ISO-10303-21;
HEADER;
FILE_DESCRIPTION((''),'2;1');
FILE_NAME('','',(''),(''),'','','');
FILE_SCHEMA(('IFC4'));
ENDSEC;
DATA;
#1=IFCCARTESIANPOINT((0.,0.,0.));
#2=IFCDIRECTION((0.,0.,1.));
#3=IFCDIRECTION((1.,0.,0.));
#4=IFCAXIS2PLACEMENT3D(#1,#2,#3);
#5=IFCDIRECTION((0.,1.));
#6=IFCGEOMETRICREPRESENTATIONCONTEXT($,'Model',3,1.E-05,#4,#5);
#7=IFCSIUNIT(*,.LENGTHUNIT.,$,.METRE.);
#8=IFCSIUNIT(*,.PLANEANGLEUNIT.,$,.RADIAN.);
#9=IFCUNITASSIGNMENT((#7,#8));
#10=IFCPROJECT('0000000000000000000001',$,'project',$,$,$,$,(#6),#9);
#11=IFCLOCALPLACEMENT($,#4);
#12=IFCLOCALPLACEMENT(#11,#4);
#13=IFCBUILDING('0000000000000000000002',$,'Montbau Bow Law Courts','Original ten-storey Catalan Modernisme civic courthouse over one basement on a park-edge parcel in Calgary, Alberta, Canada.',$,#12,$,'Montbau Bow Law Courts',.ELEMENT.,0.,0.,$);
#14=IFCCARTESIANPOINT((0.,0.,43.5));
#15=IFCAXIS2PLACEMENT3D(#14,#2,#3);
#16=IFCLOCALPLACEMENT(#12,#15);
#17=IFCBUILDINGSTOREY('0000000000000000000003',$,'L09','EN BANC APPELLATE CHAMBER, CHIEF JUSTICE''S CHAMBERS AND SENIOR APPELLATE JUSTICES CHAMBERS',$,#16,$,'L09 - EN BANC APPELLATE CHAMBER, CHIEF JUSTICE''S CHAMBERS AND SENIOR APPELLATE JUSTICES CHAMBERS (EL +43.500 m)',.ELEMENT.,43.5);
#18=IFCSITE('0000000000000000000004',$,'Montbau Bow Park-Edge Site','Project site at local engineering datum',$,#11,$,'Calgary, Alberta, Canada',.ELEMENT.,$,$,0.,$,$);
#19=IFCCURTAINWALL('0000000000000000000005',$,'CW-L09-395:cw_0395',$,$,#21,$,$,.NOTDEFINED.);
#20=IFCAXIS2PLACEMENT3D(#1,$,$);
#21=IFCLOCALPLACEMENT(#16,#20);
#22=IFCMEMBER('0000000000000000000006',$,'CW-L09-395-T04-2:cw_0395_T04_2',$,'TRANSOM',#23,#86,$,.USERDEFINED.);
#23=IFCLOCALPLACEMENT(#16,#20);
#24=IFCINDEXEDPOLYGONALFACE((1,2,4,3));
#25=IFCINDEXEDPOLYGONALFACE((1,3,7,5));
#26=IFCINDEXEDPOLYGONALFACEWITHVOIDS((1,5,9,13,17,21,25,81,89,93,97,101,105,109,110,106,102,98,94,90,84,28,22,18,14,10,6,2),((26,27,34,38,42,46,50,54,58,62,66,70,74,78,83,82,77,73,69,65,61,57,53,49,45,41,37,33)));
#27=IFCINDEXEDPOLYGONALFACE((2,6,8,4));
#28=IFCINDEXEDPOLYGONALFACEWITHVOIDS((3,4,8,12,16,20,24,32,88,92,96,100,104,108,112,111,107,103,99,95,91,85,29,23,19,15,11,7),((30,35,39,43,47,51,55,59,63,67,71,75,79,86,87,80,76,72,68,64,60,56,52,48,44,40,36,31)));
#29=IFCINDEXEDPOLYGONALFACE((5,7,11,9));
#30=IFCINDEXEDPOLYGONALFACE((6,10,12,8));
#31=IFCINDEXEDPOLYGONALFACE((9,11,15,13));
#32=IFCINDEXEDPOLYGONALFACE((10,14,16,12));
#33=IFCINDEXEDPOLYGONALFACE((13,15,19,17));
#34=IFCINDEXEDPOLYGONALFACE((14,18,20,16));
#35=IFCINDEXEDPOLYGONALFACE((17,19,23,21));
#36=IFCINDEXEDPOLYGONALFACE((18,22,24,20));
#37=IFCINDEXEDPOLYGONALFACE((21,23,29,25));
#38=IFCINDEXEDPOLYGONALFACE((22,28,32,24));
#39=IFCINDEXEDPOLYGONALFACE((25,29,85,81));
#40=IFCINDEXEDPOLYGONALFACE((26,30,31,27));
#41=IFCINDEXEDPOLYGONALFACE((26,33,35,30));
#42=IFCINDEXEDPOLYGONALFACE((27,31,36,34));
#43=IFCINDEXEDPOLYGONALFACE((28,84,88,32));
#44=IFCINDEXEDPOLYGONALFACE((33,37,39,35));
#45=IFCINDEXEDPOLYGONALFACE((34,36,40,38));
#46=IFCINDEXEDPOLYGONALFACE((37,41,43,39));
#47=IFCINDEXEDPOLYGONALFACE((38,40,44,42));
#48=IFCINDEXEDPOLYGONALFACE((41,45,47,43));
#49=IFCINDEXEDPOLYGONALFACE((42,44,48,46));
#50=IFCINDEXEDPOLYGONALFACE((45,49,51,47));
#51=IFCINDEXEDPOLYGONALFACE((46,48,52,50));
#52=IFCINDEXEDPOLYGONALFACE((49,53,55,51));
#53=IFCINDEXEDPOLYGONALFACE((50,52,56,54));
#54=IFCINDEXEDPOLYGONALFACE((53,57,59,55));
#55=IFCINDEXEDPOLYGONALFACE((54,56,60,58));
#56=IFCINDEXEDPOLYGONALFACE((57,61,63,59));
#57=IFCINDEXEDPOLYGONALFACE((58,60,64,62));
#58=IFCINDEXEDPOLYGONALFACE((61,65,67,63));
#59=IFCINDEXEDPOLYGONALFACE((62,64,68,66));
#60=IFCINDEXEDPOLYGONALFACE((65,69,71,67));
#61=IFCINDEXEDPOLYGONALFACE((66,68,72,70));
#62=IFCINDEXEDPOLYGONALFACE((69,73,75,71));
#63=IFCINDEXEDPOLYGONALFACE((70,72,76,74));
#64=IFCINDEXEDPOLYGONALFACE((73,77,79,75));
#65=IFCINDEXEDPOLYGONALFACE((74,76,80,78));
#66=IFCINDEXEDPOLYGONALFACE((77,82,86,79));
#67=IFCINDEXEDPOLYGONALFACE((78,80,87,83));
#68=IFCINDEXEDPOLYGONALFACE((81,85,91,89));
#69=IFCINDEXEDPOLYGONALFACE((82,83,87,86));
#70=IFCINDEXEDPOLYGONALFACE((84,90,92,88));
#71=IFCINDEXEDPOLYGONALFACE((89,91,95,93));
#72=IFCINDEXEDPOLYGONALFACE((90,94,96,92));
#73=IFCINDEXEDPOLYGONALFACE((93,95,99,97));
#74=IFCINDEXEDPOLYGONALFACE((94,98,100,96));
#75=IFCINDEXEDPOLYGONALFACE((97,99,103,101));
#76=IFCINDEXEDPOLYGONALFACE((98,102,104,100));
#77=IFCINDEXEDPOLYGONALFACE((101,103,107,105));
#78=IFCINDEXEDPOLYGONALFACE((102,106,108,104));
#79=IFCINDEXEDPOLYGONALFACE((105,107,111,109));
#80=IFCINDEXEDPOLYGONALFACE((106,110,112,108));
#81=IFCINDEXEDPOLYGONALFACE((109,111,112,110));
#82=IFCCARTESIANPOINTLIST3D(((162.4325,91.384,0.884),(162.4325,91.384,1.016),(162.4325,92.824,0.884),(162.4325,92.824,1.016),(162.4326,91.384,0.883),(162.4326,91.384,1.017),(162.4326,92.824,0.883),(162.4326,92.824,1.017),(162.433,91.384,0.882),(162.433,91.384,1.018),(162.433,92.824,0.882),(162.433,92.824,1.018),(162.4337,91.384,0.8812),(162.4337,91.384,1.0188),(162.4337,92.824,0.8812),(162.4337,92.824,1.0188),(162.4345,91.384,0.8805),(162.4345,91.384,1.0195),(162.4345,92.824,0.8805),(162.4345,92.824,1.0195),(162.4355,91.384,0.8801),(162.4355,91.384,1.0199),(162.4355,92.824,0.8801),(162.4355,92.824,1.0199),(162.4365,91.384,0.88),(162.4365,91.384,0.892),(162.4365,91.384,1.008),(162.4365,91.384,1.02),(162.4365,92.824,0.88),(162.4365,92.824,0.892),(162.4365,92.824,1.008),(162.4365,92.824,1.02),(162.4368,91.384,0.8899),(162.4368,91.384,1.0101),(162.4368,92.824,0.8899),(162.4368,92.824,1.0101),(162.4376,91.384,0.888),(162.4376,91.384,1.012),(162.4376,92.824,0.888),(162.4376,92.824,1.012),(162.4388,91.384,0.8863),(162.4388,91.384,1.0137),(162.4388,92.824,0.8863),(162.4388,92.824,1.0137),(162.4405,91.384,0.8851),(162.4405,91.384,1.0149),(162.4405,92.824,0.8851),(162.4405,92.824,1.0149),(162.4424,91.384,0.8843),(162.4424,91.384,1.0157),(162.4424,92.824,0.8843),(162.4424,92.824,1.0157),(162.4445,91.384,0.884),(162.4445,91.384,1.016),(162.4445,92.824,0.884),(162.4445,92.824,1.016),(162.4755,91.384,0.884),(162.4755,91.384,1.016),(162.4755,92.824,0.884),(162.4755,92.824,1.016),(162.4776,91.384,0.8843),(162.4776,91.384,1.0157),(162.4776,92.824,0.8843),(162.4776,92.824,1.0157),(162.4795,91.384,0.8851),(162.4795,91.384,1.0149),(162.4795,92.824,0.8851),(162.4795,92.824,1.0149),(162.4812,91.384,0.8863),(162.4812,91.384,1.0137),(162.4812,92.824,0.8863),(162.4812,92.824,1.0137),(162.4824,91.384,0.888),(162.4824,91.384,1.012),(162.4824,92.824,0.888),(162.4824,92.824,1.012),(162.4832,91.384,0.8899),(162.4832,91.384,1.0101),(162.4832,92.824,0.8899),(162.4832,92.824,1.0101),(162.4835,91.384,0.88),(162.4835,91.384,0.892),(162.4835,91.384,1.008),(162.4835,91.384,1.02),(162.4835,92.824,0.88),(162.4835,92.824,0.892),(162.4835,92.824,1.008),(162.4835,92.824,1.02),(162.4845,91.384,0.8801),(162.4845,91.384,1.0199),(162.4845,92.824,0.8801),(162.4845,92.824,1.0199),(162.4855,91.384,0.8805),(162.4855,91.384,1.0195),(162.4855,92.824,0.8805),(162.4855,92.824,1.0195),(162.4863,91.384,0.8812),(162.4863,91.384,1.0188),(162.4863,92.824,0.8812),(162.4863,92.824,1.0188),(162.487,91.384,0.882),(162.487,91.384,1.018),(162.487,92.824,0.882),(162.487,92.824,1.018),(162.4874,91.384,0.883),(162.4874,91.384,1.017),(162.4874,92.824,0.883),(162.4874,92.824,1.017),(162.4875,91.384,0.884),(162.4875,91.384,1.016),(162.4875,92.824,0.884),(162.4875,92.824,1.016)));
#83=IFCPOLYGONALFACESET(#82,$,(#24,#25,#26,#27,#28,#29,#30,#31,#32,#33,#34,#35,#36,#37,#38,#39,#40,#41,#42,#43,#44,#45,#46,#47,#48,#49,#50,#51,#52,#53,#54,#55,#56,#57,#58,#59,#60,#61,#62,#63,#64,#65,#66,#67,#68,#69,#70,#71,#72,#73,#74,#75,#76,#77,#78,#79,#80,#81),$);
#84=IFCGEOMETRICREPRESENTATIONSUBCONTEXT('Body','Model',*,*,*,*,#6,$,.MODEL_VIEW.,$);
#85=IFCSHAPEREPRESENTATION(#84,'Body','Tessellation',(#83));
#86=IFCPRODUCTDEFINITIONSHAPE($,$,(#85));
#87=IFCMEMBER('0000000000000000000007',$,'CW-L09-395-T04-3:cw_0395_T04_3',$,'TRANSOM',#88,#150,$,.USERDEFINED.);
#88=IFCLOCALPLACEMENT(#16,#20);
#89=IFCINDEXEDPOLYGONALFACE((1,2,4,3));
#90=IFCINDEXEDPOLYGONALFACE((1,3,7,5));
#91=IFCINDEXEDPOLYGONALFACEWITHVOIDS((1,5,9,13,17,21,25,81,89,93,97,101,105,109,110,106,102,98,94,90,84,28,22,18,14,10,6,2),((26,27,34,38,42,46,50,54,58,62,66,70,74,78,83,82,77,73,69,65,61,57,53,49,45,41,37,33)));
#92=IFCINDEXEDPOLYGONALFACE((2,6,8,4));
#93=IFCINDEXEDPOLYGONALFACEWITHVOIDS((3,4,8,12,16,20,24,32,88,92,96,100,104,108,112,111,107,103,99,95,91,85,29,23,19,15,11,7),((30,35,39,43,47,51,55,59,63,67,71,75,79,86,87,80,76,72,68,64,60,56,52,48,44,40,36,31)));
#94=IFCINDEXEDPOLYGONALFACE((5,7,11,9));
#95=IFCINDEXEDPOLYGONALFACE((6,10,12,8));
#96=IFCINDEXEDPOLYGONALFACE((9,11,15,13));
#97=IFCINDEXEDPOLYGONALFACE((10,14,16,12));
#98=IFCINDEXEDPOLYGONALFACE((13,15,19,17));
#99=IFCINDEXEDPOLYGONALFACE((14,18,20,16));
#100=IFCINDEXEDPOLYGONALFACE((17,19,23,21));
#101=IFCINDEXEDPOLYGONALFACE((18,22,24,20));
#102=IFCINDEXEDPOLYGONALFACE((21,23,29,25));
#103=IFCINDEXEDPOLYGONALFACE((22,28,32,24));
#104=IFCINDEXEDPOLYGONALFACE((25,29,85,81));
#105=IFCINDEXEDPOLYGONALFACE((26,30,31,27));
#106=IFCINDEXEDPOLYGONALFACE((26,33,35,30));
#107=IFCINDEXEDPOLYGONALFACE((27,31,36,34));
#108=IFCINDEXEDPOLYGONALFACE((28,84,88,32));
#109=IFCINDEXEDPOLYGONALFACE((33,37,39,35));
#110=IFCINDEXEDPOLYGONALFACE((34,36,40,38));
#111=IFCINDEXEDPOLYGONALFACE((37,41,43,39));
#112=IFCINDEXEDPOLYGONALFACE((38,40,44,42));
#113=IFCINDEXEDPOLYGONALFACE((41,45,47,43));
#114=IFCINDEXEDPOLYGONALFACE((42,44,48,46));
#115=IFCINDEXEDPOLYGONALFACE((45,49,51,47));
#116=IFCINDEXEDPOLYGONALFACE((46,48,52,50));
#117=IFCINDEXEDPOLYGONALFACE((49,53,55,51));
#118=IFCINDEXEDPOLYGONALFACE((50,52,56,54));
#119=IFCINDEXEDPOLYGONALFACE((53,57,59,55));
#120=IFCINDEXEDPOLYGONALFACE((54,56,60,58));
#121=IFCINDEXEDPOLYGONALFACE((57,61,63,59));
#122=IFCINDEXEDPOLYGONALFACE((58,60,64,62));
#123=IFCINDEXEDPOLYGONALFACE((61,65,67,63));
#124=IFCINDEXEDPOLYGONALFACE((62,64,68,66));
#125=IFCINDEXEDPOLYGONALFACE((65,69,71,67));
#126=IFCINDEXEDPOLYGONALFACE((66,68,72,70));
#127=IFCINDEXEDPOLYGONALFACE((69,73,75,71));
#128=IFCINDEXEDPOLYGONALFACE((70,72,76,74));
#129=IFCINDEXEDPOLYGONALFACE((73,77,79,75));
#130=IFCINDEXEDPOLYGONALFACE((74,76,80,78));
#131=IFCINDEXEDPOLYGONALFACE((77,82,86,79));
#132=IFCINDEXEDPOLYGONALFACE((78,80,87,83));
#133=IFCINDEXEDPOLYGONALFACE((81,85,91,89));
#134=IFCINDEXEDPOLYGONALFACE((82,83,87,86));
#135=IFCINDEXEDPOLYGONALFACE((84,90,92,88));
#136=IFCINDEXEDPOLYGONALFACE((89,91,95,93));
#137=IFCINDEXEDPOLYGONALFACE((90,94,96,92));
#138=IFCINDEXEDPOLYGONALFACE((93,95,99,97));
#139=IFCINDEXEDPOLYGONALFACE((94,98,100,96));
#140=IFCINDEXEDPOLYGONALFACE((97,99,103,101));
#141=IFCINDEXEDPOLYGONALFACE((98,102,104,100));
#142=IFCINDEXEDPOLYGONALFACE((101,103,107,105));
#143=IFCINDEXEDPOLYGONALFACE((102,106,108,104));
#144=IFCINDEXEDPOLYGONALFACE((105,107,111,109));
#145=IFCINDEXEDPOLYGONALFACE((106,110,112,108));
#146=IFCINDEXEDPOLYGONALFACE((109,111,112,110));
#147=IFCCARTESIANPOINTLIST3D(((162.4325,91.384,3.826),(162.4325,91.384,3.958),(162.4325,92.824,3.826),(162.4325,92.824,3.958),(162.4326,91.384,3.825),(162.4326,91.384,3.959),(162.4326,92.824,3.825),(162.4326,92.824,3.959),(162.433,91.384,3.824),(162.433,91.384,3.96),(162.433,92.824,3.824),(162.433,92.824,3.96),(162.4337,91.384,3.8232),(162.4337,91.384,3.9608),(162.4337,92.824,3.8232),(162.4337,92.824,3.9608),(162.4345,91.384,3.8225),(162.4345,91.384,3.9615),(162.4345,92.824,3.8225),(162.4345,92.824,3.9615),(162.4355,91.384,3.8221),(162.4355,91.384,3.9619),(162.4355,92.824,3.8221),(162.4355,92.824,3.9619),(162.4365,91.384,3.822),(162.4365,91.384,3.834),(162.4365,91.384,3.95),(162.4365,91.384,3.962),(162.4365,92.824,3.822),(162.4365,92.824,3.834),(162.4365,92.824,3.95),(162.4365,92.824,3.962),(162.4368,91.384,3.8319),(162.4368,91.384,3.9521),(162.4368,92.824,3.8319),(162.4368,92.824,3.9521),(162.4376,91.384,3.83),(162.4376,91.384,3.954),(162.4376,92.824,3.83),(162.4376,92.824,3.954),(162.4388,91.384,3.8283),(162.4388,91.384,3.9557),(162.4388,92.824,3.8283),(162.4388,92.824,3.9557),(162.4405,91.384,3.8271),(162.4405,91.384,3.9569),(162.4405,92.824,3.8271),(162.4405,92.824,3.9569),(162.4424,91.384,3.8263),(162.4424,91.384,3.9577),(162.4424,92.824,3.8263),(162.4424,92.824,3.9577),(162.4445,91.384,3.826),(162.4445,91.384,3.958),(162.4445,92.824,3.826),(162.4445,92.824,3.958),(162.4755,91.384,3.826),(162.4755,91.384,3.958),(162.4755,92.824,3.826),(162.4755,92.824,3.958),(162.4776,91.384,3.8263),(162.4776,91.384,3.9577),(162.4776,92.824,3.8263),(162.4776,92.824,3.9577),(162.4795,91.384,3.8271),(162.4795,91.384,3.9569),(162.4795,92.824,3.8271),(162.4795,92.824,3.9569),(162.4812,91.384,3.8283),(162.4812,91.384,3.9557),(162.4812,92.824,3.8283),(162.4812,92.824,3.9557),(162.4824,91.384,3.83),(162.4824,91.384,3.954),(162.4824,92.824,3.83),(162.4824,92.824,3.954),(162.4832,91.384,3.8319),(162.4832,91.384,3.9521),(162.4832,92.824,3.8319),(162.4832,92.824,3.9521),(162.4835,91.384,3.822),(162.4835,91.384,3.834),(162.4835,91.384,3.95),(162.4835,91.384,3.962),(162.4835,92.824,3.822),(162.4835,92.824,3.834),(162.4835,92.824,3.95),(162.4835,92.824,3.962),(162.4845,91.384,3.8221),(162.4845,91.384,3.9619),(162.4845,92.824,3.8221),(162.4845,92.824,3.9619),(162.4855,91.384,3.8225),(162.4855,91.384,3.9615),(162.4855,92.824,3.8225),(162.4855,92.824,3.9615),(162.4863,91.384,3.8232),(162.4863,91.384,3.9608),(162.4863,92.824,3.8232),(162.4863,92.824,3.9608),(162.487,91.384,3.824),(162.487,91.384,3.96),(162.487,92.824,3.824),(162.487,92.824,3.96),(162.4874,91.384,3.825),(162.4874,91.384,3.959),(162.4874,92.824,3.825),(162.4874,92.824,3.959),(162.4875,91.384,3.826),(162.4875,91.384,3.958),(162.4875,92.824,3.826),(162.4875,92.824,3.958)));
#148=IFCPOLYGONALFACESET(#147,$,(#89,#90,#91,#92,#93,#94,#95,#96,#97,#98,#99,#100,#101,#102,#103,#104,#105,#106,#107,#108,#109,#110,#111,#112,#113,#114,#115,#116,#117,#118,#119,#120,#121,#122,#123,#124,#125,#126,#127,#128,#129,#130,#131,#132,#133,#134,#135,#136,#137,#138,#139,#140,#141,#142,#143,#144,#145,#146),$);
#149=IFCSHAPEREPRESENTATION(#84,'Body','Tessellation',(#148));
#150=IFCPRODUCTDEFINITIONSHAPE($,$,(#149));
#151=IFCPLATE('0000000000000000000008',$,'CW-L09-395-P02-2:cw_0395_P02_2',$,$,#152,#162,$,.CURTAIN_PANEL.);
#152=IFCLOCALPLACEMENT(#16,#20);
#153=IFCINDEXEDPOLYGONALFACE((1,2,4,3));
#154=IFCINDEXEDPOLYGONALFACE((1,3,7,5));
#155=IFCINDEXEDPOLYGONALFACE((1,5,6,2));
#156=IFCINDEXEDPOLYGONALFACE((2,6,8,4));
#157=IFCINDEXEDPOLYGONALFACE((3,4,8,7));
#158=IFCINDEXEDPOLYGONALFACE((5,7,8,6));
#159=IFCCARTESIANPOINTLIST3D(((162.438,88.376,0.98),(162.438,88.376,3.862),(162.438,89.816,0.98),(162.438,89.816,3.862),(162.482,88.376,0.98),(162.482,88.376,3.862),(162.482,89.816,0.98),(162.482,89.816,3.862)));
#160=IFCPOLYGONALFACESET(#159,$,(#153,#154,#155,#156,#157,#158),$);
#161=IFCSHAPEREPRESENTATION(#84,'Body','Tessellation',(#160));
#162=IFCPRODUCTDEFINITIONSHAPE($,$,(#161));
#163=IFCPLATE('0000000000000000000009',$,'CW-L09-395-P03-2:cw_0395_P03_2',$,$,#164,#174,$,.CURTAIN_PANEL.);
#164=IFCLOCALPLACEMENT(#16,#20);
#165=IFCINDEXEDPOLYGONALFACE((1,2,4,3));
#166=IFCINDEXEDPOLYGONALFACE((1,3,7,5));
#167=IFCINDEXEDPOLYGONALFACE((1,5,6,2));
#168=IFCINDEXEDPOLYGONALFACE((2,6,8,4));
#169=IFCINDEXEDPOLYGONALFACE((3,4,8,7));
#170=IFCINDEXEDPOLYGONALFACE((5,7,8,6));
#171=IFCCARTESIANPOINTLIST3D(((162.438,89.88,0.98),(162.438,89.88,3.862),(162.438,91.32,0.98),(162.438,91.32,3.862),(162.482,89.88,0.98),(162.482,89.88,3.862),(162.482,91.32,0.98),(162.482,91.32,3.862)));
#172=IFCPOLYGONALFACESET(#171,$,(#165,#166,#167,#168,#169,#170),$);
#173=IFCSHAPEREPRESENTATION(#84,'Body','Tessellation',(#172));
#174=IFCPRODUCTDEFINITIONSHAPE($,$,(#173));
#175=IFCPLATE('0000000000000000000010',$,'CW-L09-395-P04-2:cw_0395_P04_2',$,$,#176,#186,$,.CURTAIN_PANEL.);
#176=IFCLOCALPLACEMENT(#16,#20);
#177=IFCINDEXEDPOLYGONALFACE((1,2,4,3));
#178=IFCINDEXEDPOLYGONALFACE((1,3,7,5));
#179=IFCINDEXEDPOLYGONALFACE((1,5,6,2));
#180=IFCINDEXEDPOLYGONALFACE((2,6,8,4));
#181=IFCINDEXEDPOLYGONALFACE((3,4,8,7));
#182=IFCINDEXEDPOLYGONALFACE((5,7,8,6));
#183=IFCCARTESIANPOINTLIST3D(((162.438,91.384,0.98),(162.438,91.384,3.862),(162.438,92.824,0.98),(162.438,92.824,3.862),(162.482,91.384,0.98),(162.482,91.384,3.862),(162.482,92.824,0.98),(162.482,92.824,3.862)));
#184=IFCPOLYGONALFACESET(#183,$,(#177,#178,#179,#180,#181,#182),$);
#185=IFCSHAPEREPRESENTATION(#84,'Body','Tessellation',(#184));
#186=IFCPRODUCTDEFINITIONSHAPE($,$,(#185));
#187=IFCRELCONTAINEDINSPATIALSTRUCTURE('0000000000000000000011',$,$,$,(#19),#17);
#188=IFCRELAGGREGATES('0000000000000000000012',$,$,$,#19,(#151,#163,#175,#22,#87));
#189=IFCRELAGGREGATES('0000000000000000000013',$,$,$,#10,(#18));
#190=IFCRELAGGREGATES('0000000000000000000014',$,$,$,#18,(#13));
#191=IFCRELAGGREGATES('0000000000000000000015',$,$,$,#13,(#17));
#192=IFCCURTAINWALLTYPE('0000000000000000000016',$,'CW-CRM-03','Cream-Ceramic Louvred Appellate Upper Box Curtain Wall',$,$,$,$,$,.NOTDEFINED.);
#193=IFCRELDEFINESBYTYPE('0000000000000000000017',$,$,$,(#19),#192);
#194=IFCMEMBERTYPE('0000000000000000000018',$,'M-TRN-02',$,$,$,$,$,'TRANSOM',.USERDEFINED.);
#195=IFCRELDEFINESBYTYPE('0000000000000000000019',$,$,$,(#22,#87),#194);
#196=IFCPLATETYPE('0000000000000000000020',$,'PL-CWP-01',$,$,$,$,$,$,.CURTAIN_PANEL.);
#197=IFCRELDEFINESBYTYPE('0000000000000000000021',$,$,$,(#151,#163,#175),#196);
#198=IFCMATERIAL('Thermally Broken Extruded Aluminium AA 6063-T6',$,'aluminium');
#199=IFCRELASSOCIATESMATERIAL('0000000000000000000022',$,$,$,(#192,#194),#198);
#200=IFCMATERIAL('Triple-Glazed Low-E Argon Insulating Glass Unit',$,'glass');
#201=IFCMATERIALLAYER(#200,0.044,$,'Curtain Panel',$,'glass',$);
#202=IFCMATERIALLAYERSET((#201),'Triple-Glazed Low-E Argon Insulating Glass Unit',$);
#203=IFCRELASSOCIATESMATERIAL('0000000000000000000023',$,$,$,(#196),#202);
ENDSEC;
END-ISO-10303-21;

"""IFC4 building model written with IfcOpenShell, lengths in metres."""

from ifc_helpers import new_model, si_unit, direction, frame, frame_2d, origin_with_axes, origin_2d_with_axis, place, context, subcontext, project, spatial, rectangle, hollow_rectangle, extrude, material, layer, layer_set, material_profile, profile_set, type_object, element, aggregate, save


model = new_model("IFC4")

# Units and contexts
model_context = context("Model", 3, precision=1e-05, world=origin_with_axes(), true_north=direction((0.0, 1.0)))
body_context = subcontext(model_context, "Body", "Model", "MODEL_VIEW")
ifc_project = project(units=[si_unit("LENGTHUNIT", "METRE"), si_unit("PLANEANGLEUNIT", "RADIAN")], contexts=[model_context])

# Site, building, storey
site_placement = place(None, origin_with_axes())
site = spatial("IfcSite", under=ifc_project, at=site_placement, Name="Montbau Bow Park-Edge Site", Description="Project site at local engineering datum", LongName="Calgary, Alberta, Canada", CompositionType="ELEMENT", RefElevation=0.0)
building_placement = place(site_placement, origin_with_axes())
building = spatial("IfcBuilding", under=site, at=building_placement, Name="Montbau Bow Law Courts", Description="Original ten-storey Catalan Modernisme civic courthouse over one basement on a park-edge parcel in Calgary, Alberta, Canada.", LongName="Montbau Bow Law Courts", CompositionType="ELEMENT", ElevationOfRefHeight=0.0, ElevationOfTerrain=0.0)
storey_placement = place(building_placement, frame((0.0, 0.0, 43.5), z_axis=(0.0, 0.0, 1.0), x_axis=(1.0, 0.0, 0.0)))
storey = spatial("IfcBuildingStorey", under=building, at=storey_placement, Name="L09", Description="EN BANC APPELLATE CHAMBER, CHIEF JUSTICE'S CHAMBERS AND SENIOR APPELLATE JUSTICES CHAMBERS", LongName="L09 - EN BANC APPELLATE CHAMBER, CHIEF JUSTICE'S CHAMBERS AND SENIOR APPELLATE JUSTICES CHAMBERS (EL +43.500 m)", CompositionType="ELEMENT", Elevation=43.5)

# Curtain wall, members, plates
ifc_material_1 = material(Name="Thermally Broken Extruded Aluminium AA 6063-T6", Category="aluminium")
curtain_wall_type = type_object("IfcCurtainWallType", Name="CW-CRM-03", Description="Cream-Ceramic Louvred Appellate Upper Box Curtain Wall", PredefinedType="NOTDEFINED", material=ifc_material_1)
curtain_wall_placement = place(None, frame((162.46, 86.84, 43.5), z_axis=(0.0, 0.0, 1.0), x_axis=(1.0, 0.0, 0.0)))
curtain_wall = element("IfcCurtainWall", 1, at=curtain_wall_placement, inside=storey, type_object=curtain_wall_type, Name="CW-L09-395:cw_0395", PredefinedType="NOTDEFINED")
ifc_material_profile_1 = material_profile(ifc_material_1, hollow_rectangle(XDim=0.055, YDim=0.14, WallThickness=0.004, InnerFilletRadius=0.008, OuterFilletRadius=0.004, at=origin_2d_with_axis()), Name="CWT-140X55", Category="Main", Priority=0)
ifc_profile_set_1 = profile_set([ifc_material_profile_1], Name="Thermally Broken Extruded Aluminium AA 6063-T6")
member_type_1 = type_object("IfcMemberType", Name="M-TRN-02", ElementType="TRANSOM", PredefinedType="USERDEFINED", material=ifc_profile_set_1)
member_1_placement = place(None, frame((162.46, 91.384, 44.45), z_axis=(0.0, 1.0, 0.0), x_axis=(-1.0, 0.0, 0.0)))
member_1 = element("IfcMember", 2, at=member_1_placement, type_object=member_type_1, Name="CW-L09-395-T04-2:cw_0395_T04_2", ObjectType="TRANSOM", PredefinedType="USERDEFINED", context=body_context, shape_type="SweptSolid", body=[
    extrude(hollow_rectangle(XDim=0.055, YDim=0.14, WallThickness=0.004, InnerFilletRadius=0.008, OuterFilletRadius=0.004, at=origin_2d_with_axis()), origin_with_axes(), (0.0, 0.0, 1.0), 1.44),
])
member_2_placement = place(None, frame((162.46, 91.384, 47.392), z_axis=(0.0, 1.0, 0.0), x_axis=(-1.0, 0.0, 0.0)))
member_2 = element("IfcMember", 3, at=member_2_placement, type_object=member_type_1, Name="CW-L09-395-T04-3:cw_0395_T04_3", ObjectType="TRANSOM", PredefinedType="USERDEFINED", context=body_context, shape_type="SweptSolid", body=[
    extrude(hollow_rectangle(XDim=0.055, YDim=0.14, WallThickness=0.004, InnerFilletRadius=0.008, OuterFilletRadius=0.004, at=origin_2d_with_axis()), origin_with_axes(), (0.0, 0.0, 1.0), 1.44),
])
ifc_material_2 = material(Name="Triple-Glazed Low-E Argon Insulating Glass Unit", Category="glass")
ifc_layer_1 = layer(ifc_material_2, 0.044, Name="Curtain Panel", Category="glass")
ifc_layer_set_1 = layer_set([ifc_layer_1], Name="Triple-Glazed Low-E Argon Insulating Glass Unit")
plate_type_1 = type_object("IfcPlateType", Name="PL-CWP-01", PredefinedType="CURTAIN_PANEL", material=ifc_layer_set_1)
plate_1_placement = place(None, frame((162.46, 88.376, 44.48), z_axis=(1.0, 0.0, 0.0), x_axis=(0.0, 1.0, 0.0)))
plate_1 = element("IfcPlate", 4, at=plate_1_placement, type_object=plate_type_1, Name="CW-L09-395-P02-2:cw_0395_P02_2", PredefinedType="CURTAIN_PANEL", context=body_context, shape_type="SweptSolid", body=[
    extrude(rectangle(XDim=1.44, YDim=2.882, at=frame_2d((0.72, 1.441), x_axis=(1.0, 0.0))), frame((0.0, 0.0, -0.022), z_axis=(0.0, 0.0, 1.0), x_axis=(1.0, 0.0, 0.0)), (0.0, 0.0, 1.0), 0.044),
])
plate_2_placement = place(None, frame((162.46, 89.88, 44.48), z_axis=(1.0, 0.0, 0.0), x_axis=(0.0, 1.0, 0.0)))
plate_2 = element("IfcPlate", 5, at=plate_2_placement, type_object=plate_type_1, Name="CW-L09-395-P03-2:cw_0395_P03_2", PredefinedType="CURTAIN_PANEL", context=body_context, shape_type="SweptSolid", body=[
    extrude(rectangle(XDim=1.44, YDim=2.882, at=frame_2d((0.72, 1.441), x_axis=(1.0, 0.0))), frame((0.0, 0.0, -0.022), z_axis=(0.0, 0.0, 1.0), x_axis=(1.0, 0.0, 0.0)), (0.0, 0.0, 1.0), 0.044),
])
plate_3_placement = place(None, frame((162.46, 91.384, 44.48), z_axis=(1.0, 0.0, 0.0), x_axis=(0.0, 1.0, 0.0)))
plate_3 = element("IfcPlate", 6, at=plate_3_placement, type_object=plate_type_1, Name="CW-L09-395-P04-2:cw_0395_P04_2", PredefinedType="CURTAIN_PANEL", context=body_context, shape_type="SweptSolid", body=[
    extrude(rectangle(XDim=1.44, YDim=2.882, at=frame_2d((0.72, 1.441), x_axis=(1.0, 0.0))), frame((0.0, 0.0, -0.022), z_axis=(0.0, 0.0, 1.0), x_axis=(1.0, 0.0, 0.0)), (0.0, 0.0, 1.0), 0.044),
])
aggregate(curtain_wall, [plate_1, plate_2, plate_3, member_1, member_2])

save(model, "model.ifc")
